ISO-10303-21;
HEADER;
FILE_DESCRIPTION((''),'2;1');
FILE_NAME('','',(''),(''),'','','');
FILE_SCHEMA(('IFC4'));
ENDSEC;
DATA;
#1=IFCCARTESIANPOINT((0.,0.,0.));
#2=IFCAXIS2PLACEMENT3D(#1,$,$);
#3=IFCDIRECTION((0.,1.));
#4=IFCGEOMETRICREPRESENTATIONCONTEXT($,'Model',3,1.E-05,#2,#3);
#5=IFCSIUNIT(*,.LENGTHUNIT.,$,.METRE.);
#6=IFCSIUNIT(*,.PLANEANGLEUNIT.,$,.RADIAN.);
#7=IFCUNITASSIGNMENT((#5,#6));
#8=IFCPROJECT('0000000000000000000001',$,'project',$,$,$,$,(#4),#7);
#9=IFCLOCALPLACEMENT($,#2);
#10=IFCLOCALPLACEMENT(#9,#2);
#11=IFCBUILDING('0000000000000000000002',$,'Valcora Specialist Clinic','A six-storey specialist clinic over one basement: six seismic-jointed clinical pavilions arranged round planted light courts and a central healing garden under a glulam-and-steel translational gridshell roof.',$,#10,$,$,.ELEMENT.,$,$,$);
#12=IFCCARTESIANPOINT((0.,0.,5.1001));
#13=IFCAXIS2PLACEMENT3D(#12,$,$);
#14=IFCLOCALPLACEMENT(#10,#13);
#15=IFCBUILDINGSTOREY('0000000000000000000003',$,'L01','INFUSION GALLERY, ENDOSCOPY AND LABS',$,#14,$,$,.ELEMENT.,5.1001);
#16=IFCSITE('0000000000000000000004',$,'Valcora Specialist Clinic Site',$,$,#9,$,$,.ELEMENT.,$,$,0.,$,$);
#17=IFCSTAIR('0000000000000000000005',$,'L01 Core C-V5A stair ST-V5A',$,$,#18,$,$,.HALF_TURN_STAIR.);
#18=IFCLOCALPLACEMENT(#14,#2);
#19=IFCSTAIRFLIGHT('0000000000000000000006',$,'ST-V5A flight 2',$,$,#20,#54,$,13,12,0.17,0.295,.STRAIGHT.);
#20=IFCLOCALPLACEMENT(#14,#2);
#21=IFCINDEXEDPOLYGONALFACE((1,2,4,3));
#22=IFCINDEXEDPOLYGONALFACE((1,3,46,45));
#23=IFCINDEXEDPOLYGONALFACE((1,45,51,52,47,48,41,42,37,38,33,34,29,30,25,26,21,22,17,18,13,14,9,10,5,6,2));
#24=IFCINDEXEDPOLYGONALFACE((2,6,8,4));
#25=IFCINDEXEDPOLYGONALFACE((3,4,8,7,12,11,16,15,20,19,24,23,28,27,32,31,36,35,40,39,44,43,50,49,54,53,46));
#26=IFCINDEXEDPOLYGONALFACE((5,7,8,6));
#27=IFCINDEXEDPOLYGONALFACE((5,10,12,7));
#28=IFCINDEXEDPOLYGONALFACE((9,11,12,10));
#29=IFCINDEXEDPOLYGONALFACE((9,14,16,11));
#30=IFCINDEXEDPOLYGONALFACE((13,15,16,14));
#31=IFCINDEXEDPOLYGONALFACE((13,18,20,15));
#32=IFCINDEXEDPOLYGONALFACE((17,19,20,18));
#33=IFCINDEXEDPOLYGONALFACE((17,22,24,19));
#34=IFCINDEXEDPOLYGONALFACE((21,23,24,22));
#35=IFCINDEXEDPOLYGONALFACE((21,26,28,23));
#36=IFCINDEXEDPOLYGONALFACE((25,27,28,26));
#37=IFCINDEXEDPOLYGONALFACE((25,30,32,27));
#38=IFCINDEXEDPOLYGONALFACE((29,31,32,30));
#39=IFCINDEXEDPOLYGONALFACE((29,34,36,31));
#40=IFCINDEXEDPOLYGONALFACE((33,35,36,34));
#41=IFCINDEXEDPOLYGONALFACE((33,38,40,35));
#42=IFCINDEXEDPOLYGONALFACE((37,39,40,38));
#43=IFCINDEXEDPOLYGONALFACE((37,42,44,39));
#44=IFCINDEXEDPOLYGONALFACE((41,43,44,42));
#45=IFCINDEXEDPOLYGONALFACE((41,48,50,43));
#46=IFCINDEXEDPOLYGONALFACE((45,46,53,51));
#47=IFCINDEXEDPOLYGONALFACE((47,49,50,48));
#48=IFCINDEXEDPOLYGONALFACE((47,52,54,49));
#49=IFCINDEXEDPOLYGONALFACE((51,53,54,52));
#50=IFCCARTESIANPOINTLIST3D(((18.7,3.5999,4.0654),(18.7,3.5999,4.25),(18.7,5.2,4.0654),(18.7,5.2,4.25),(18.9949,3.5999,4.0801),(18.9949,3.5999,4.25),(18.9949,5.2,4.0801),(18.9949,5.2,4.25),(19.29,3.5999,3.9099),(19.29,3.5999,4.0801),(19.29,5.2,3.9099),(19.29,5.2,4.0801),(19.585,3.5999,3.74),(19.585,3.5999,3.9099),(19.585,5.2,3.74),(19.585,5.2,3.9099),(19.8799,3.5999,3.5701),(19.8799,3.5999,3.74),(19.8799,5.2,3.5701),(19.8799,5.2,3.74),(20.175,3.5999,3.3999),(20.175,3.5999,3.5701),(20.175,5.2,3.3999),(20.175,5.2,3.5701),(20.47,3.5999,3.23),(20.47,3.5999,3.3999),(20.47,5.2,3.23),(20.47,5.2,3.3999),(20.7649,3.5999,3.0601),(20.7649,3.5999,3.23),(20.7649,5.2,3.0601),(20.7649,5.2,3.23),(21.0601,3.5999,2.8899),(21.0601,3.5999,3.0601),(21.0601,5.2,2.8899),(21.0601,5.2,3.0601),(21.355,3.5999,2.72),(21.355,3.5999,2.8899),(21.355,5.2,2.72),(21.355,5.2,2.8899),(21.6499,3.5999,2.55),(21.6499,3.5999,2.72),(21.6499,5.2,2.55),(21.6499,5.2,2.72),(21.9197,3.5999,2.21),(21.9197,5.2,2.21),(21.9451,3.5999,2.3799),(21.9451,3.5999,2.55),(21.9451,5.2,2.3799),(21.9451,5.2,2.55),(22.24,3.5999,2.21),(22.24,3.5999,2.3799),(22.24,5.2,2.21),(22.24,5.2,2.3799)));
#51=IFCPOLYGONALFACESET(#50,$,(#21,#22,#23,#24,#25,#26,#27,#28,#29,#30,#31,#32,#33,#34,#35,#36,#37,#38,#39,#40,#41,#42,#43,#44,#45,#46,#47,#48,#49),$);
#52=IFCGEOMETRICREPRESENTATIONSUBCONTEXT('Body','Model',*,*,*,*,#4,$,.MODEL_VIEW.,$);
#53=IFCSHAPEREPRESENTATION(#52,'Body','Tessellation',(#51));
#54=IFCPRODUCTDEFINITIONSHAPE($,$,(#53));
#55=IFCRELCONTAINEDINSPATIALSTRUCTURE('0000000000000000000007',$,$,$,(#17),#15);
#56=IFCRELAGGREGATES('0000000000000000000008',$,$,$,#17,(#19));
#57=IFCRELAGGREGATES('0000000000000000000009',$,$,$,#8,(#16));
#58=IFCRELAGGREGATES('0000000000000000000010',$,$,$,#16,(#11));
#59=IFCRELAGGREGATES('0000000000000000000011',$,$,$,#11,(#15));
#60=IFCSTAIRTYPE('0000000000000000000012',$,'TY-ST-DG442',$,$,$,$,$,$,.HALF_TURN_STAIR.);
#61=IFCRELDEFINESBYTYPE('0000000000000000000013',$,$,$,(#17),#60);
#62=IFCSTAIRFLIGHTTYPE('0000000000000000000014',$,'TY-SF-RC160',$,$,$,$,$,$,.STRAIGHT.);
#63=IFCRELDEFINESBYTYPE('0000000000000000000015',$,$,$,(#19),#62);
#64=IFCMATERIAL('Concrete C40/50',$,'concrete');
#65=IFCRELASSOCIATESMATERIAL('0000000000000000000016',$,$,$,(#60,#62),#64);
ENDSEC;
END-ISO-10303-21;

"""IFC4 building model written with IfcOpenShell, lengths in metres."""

from ifc_helpers import new_model, si_unit, direction, frame, origin, place, context, subcontext, project, spatial, polyline, outline, extrude, material, type_object, element, aggregate, save


model = new_model("IFC4")

# Units and contexts
model_context = context("Model", 3, precision=1e-05, world=origin(), true_north=direction((0.0, 1.0)))
body_context = subcontext(model_context, "Body", "Model", "MODEL_VIEW")
ifc_project = project(units=[si_unit("LENGTHUNIT", "METRE"), si_unit("PLANEANGLEUNIT", "RADIAN")], contexts=[model_context])

# Site, building, storey
site_placement = place(None, origin())
site = spatial("IfcSite", under=ifc_project, at=site_placement, Name="Valcora Specialist Clinic Site", CompositionType="ELEMENT", RefElevation=0.0)
building_placement = place(site_placement, origin())
building = spatial("IfcBuilding", under=site, at=building_placement, Name="Valcora Specialist Clinic", Description="A six-storey specialist clinic over one basement: six seismic-jointed clinical pavilions arranged round planted light courts and a central healing garden under a glulam-and-steel translational gridshell roof.", CompositionType="ELEMENT")
storey_placement = place(building_placement, frame((0.0, 0.0, 5.1001)))
storey = spatial("IfcBuildingStorey", under=building, at=storey_placement, Name="L01", Description="INFUSION GALLERY, ENDOSCOPY AND LABS", CompositionType="ELEMENT", Elevation=5.1001)

# Shared definitions
ifc_material_1 = material(Name="Concrete C40/50", Category="concrete")

# Stair, stair flight
stair_type = type_object("IfcStairType", Name="TY-ST-DG442", PredefinedType="HALF_TURN_STAIR", material=ifc_material_1)
stair_placement = place(storey_placement, origin())
stair = element("IfcStair", 1, at=stair_placement, inside=storey, type_object=stair_type, Name="L01 Core C-V5A stair ST-V5A", PredefinedType="HALF_TURN_STAIR")
stair_flight_type = type_object("IfcStairFlightType", Name="TY-SF-RC160", PredefinedType="STRAIGHT", material=ifc_material_1)
stair_flight_1_placement = place(storey_placement, frame((22.24, 4.3999, 2.21), z_axis=(0.0, 0.0, 1.0), x_axis=(-1.0, 0.0, 0.0)))
stair_flight_1 = element("IfcStairFlight", 2, at=stair_flight_1_placement, type_object=stair_flight_type, Name="ST-V5A flight 2", NumberOfRisers=13, NumberOfTreads=12, PredefinedType="STRAIGHT", RiserHeight=0.17, TreadLength=0.295, context=body_context, shape_type="SweptSolid", body=[
    extrude(outline(polyline([(0.0, 0.0), (0.0, 0.1699), (0.2949, 0.1699), (0.2949, 0.3401), (0.5901, 0.3401), (0.5901, 0.51), (0.885, 0.51), (0.885, 0.6799), (1.1799, 0.6799), (1.1799, 0.8501), (1.4751, 0.8501), (1.4751, 1.02), (1.77, 1.02), (1.77, 1.1899), (2.0649, 1.1899), (2.0649, 1.3601), (2.3601, 1.3601), (2.3601, 1.53), (2.655, 1.53), (2.655, 1.7), (2.95, 1.7), (2.95, 1.8701), (3.2451, 1.8701), (3.2451, 2.04), (3.54, 2.04), (3.54, 2.21), (3.54, 1.8555), (0.3203, 0.0), (0.0, 0.0)])), frame((0.0, 0.8, 0.0), z_axis=(0.0, -1.0, 0.0), x_axis=(1.0, 0.0, 0.0)), (0.0, 0.0, 1.0), 1.6001),
])
aggregate(stair, [stair_flight_1])

save(model, "model.ifc")
